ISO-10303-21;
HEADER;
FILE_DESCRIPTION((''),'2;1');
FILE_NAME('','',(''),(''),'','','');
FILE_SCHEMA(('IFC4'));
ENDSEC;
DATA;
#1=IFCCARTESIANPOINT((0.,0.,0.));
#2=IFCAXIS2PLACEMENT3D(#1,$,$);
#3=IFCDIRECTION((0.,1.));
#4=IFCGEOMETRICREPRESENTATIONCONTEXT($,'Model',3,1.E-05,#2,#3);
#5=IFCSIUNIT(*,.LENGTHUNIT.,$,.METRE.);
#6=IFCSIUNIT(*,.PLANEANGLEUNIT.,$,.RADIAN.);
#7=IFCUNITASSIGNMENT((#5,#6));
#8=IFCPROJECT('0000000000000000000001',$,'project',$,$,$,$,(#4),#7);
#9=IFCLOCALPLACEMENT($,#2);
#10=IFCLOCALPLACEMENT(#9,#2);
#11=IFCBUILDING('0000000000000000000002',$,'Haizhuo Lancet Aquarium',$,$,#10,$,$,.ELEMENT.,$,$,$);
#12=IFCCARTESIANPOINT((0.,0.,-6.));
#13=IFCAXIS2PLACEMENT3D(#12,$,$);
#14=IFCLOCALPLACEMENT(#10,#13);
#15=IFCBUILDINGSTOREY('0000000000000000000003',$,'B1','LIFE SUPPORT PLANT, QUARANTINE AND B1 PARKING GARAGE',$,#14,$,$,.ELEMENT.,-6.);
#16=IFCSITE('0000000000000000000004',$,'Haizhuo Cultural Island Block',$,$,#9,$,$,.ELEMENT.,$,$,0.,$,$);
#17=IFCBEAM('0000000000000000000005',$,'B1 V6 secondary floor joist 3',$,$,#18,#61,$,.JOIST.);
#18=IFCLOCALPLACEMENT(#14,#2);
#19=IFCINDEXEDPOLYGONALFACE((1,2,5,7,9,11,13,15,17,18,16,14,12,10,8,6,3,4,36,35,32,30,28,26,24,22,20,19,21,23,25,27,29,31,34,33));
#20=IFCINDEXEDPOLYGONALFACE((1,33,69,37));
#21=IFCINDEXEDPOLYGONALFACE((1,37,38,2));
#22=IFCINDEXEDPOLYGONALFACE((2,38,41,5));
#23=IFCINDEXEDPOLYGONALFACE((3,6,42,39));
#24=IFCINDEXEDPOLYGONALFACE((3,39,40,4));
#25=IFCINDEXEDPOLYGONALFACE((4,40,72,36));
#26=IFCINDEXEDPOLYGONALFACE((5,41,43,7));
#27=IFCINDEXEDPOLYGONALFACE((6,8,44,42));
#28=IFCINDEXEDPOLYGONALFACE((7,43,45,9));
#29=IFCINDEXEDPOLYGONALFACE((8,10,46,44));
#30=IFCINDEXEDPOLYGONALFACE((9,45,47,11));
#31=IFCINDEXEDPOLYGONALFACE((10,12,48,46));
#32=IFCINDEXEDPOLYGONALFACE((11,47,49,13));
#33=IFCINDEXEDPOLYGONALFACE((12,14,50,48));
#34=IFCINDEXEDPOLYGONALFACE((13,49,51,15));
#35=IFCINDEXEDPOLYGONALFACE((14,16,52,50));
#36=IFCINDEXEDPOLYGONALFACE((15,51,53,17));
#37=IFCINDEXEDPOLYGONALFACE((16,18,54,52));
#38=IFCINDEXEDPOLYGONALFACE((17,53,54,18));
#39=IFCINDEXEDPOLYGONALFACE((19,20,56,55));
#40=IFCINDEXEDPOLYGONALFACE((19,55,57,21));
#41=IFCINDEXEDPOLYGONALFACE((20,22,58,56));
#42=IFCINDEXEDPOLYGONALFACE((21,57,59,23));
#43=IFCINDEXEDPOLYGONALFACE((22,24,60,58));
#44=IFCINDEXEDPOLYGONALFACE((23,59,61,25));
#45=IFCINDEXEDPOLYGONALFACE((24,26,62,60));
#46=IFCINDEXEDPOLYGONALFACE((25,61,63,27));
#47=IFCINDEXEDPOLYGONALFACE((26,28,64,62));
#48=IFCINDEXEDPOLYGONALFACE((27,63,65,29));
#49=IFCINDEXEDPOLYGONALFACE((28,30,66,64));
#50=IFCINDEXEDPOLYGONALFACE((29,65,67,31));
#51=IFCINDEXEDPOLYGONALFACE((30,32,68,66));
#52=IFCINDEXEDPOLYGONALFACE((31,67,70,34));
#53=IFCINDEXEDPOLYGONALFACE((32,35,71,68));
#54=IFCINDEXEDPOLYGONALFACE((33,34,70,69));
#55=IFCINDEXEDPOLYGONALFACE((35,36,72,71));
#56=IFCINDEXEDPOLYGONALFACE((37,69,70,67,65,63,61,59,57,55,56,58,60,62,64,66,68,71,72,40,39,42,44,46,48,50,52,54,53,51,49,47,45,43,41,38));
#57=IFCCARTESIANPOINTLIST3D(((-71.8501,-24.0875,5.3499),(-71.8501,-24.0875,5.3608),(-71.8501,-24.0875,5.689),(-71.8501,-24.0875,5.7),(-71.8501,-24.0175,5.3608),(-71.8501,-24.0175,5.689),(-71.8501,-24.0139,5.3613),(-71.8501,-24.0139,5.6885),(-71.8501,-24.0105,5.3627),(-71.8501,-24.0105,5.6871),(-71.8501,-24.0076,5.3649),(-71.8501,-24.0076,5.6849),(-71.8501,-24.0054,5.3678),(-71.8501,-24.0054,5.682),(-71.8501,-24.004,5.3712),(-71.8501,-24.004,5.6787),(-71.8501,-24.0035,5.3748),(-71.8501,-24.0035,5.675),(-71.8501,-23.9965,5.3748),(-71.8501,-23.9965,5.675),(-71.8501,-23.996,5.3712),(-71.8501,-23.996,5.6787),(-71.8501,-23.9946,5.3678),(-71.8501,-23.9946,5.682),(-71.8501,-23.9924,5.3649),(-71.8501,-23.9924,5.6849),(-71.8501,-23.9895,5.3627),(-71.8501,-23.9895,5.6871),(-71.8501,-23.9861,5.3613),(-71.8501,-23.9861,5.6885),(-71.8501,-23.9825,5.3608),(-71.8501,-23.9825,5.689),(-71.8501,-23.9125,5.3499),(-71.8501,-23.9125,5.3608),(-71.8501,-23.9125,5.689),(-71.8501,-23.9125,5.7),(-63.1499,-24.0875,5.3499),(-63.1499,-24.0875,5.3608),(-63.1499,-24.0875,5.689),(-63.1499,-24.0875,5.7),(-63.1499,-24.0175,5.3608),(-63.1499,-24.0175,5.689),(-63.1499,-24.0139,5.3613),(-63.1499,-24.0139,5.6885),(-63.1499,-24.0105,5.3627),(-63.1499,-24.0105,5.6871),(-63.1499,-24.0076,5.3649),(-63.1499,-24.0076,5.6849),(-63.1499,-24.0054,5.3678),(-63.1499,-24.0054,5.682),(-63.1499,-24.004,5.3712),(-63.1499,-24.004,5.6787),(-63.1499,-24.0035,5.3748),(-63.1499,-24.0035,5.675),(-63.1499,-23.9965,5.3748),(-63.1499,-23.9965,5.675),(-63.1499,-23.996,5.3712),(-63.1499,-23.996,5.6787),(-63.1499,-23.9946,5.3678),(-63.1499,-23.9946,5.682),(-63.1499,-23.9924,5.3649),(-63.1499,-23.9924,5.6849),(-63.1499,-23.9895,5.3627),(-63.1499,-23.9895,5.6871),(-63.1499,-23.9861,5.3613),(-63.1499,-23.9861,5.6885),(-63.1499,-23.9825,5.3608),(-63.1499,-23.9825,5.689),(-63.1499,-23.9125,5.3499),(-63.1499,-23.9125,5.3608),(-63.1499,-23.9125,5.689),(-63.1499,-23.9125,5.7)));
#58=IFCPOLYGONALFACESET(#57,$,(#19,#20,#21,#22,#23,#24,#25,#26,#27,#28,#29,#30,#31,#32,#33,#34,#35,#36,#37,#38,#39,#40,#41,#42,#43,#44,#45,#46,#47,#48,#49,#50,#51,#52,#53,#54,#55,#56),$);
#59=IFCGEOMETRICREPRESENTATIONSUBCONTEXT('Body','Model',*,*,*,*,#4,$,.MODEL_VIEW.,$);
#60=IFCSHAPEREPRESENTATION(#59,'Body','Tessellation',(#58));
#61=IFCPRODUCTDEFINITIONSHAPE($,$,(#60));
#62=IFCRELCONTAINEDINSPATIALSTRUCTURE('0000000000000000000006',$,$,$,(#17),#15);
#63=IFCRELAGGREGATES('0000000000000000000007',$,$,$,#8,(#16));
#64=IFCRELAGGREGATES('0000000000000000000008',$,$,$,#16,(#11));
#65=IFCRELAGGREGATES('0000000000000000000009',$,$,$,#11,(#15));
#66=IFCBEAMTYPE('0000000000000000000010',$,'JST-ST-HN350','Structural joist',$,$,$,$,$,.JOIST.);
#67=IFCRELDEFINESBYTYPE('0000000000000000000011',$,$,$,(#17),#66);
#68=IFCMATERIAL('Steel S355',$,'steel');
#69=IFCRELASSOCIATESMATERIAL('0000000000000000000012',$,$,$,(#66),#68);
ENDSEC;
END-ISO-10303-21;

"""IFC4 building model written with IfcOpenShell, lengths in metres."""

from ifc_helpers import new_model, si_unit, direction, frame, origin, origin_2d, place, context, subcontext, project, spatial, i_section, extrude, material, material_profile, profile_set, type_object, element, save


model = new_model("IFC4")

# Units and contexts
model_context = context("Model", 3, precision=1e-05, world=origin(), true_north=direction((0.0, 1.0)))
body_context = subcontext(model_context, "Body", "Model", "MODEL_VIEW")
ifc_project = project(units=[si_unit("LENGTHUNIT", "METRE"), si_unit("PLANEANGLEUNIT", "RADIAN")], contexts=[model_context])

# Site, building, storey
site_placement = place(None, origin())
site = spatial("IfcSite", under=ifc_project, at=site_placement, Name="Haizhuo Cultural Island Block", CompositionType="ELEMENT", RefElevation=0.0)
building_placement = place(site_placement, origin())
building = spatial("IfcBuilding", under=site, at=building_placement, Name="Haizhuo Lancet Aquarium", CompositionType="ELEMENT")
storey_placement = place(building_placement, frame((0.0, 0.0, -6.0)))
storey = spatial("IfcBuildingStorey", under=building, at=storey_placement, Name="B1", Description="LIFE SUPPORT PLANT, QUARANTINE AND B1 PARKING GARAGE", CompositionType="ELEMENT", Elevation=-6.0)

# Beam
ifc_material_1 = material(Name="Steel S355", Category="steel")
ifc_material_profile_1 = material_profile(ifc_material_1, i_section(OverallWidth=0.175, OverallDepth=0.3501, WebThickness=0.0071, FlangeThickness=0.011, FilletRadius=0.0139, at=origin_2d()), Name="HN 350x175x7x11")
ifc_profile_set_1 = profile_set([ifc_material_profile_1], Name="Steel S355")
beam_type_1 = type_object("IfcBeamType", Name="JST-ST-HN350", Description="Structural joist", PredefinedType="JOIST", material=ifc_profile_set_1)
beam_1_placement = place(storey_placement, frame((-71.8501, -24.0, 5.5249), z_axis=(1.0, 0.0, 0.0), x_axis=(0.0, 1.0, 0.0)))
element("IfcBeam", 1, at=beam_1_placement, inside=storey, type_object=beam_type_1, Name="B1 V6 secondary floor joist 3", PredefinedType="JOIST", context=body_context, shape_type="SweptSolid", body=[
    extrude(i_section(OverallWidth=0.175, OverallDepth=0.3501, WebThickness=0.0071, FlangeThickness=0.011, FilletRadius=0.0139, at=origin_2d()), origin(), (0.0, 0.0, 1.0), 8.7002),
])

save(model, "model.ifc")
